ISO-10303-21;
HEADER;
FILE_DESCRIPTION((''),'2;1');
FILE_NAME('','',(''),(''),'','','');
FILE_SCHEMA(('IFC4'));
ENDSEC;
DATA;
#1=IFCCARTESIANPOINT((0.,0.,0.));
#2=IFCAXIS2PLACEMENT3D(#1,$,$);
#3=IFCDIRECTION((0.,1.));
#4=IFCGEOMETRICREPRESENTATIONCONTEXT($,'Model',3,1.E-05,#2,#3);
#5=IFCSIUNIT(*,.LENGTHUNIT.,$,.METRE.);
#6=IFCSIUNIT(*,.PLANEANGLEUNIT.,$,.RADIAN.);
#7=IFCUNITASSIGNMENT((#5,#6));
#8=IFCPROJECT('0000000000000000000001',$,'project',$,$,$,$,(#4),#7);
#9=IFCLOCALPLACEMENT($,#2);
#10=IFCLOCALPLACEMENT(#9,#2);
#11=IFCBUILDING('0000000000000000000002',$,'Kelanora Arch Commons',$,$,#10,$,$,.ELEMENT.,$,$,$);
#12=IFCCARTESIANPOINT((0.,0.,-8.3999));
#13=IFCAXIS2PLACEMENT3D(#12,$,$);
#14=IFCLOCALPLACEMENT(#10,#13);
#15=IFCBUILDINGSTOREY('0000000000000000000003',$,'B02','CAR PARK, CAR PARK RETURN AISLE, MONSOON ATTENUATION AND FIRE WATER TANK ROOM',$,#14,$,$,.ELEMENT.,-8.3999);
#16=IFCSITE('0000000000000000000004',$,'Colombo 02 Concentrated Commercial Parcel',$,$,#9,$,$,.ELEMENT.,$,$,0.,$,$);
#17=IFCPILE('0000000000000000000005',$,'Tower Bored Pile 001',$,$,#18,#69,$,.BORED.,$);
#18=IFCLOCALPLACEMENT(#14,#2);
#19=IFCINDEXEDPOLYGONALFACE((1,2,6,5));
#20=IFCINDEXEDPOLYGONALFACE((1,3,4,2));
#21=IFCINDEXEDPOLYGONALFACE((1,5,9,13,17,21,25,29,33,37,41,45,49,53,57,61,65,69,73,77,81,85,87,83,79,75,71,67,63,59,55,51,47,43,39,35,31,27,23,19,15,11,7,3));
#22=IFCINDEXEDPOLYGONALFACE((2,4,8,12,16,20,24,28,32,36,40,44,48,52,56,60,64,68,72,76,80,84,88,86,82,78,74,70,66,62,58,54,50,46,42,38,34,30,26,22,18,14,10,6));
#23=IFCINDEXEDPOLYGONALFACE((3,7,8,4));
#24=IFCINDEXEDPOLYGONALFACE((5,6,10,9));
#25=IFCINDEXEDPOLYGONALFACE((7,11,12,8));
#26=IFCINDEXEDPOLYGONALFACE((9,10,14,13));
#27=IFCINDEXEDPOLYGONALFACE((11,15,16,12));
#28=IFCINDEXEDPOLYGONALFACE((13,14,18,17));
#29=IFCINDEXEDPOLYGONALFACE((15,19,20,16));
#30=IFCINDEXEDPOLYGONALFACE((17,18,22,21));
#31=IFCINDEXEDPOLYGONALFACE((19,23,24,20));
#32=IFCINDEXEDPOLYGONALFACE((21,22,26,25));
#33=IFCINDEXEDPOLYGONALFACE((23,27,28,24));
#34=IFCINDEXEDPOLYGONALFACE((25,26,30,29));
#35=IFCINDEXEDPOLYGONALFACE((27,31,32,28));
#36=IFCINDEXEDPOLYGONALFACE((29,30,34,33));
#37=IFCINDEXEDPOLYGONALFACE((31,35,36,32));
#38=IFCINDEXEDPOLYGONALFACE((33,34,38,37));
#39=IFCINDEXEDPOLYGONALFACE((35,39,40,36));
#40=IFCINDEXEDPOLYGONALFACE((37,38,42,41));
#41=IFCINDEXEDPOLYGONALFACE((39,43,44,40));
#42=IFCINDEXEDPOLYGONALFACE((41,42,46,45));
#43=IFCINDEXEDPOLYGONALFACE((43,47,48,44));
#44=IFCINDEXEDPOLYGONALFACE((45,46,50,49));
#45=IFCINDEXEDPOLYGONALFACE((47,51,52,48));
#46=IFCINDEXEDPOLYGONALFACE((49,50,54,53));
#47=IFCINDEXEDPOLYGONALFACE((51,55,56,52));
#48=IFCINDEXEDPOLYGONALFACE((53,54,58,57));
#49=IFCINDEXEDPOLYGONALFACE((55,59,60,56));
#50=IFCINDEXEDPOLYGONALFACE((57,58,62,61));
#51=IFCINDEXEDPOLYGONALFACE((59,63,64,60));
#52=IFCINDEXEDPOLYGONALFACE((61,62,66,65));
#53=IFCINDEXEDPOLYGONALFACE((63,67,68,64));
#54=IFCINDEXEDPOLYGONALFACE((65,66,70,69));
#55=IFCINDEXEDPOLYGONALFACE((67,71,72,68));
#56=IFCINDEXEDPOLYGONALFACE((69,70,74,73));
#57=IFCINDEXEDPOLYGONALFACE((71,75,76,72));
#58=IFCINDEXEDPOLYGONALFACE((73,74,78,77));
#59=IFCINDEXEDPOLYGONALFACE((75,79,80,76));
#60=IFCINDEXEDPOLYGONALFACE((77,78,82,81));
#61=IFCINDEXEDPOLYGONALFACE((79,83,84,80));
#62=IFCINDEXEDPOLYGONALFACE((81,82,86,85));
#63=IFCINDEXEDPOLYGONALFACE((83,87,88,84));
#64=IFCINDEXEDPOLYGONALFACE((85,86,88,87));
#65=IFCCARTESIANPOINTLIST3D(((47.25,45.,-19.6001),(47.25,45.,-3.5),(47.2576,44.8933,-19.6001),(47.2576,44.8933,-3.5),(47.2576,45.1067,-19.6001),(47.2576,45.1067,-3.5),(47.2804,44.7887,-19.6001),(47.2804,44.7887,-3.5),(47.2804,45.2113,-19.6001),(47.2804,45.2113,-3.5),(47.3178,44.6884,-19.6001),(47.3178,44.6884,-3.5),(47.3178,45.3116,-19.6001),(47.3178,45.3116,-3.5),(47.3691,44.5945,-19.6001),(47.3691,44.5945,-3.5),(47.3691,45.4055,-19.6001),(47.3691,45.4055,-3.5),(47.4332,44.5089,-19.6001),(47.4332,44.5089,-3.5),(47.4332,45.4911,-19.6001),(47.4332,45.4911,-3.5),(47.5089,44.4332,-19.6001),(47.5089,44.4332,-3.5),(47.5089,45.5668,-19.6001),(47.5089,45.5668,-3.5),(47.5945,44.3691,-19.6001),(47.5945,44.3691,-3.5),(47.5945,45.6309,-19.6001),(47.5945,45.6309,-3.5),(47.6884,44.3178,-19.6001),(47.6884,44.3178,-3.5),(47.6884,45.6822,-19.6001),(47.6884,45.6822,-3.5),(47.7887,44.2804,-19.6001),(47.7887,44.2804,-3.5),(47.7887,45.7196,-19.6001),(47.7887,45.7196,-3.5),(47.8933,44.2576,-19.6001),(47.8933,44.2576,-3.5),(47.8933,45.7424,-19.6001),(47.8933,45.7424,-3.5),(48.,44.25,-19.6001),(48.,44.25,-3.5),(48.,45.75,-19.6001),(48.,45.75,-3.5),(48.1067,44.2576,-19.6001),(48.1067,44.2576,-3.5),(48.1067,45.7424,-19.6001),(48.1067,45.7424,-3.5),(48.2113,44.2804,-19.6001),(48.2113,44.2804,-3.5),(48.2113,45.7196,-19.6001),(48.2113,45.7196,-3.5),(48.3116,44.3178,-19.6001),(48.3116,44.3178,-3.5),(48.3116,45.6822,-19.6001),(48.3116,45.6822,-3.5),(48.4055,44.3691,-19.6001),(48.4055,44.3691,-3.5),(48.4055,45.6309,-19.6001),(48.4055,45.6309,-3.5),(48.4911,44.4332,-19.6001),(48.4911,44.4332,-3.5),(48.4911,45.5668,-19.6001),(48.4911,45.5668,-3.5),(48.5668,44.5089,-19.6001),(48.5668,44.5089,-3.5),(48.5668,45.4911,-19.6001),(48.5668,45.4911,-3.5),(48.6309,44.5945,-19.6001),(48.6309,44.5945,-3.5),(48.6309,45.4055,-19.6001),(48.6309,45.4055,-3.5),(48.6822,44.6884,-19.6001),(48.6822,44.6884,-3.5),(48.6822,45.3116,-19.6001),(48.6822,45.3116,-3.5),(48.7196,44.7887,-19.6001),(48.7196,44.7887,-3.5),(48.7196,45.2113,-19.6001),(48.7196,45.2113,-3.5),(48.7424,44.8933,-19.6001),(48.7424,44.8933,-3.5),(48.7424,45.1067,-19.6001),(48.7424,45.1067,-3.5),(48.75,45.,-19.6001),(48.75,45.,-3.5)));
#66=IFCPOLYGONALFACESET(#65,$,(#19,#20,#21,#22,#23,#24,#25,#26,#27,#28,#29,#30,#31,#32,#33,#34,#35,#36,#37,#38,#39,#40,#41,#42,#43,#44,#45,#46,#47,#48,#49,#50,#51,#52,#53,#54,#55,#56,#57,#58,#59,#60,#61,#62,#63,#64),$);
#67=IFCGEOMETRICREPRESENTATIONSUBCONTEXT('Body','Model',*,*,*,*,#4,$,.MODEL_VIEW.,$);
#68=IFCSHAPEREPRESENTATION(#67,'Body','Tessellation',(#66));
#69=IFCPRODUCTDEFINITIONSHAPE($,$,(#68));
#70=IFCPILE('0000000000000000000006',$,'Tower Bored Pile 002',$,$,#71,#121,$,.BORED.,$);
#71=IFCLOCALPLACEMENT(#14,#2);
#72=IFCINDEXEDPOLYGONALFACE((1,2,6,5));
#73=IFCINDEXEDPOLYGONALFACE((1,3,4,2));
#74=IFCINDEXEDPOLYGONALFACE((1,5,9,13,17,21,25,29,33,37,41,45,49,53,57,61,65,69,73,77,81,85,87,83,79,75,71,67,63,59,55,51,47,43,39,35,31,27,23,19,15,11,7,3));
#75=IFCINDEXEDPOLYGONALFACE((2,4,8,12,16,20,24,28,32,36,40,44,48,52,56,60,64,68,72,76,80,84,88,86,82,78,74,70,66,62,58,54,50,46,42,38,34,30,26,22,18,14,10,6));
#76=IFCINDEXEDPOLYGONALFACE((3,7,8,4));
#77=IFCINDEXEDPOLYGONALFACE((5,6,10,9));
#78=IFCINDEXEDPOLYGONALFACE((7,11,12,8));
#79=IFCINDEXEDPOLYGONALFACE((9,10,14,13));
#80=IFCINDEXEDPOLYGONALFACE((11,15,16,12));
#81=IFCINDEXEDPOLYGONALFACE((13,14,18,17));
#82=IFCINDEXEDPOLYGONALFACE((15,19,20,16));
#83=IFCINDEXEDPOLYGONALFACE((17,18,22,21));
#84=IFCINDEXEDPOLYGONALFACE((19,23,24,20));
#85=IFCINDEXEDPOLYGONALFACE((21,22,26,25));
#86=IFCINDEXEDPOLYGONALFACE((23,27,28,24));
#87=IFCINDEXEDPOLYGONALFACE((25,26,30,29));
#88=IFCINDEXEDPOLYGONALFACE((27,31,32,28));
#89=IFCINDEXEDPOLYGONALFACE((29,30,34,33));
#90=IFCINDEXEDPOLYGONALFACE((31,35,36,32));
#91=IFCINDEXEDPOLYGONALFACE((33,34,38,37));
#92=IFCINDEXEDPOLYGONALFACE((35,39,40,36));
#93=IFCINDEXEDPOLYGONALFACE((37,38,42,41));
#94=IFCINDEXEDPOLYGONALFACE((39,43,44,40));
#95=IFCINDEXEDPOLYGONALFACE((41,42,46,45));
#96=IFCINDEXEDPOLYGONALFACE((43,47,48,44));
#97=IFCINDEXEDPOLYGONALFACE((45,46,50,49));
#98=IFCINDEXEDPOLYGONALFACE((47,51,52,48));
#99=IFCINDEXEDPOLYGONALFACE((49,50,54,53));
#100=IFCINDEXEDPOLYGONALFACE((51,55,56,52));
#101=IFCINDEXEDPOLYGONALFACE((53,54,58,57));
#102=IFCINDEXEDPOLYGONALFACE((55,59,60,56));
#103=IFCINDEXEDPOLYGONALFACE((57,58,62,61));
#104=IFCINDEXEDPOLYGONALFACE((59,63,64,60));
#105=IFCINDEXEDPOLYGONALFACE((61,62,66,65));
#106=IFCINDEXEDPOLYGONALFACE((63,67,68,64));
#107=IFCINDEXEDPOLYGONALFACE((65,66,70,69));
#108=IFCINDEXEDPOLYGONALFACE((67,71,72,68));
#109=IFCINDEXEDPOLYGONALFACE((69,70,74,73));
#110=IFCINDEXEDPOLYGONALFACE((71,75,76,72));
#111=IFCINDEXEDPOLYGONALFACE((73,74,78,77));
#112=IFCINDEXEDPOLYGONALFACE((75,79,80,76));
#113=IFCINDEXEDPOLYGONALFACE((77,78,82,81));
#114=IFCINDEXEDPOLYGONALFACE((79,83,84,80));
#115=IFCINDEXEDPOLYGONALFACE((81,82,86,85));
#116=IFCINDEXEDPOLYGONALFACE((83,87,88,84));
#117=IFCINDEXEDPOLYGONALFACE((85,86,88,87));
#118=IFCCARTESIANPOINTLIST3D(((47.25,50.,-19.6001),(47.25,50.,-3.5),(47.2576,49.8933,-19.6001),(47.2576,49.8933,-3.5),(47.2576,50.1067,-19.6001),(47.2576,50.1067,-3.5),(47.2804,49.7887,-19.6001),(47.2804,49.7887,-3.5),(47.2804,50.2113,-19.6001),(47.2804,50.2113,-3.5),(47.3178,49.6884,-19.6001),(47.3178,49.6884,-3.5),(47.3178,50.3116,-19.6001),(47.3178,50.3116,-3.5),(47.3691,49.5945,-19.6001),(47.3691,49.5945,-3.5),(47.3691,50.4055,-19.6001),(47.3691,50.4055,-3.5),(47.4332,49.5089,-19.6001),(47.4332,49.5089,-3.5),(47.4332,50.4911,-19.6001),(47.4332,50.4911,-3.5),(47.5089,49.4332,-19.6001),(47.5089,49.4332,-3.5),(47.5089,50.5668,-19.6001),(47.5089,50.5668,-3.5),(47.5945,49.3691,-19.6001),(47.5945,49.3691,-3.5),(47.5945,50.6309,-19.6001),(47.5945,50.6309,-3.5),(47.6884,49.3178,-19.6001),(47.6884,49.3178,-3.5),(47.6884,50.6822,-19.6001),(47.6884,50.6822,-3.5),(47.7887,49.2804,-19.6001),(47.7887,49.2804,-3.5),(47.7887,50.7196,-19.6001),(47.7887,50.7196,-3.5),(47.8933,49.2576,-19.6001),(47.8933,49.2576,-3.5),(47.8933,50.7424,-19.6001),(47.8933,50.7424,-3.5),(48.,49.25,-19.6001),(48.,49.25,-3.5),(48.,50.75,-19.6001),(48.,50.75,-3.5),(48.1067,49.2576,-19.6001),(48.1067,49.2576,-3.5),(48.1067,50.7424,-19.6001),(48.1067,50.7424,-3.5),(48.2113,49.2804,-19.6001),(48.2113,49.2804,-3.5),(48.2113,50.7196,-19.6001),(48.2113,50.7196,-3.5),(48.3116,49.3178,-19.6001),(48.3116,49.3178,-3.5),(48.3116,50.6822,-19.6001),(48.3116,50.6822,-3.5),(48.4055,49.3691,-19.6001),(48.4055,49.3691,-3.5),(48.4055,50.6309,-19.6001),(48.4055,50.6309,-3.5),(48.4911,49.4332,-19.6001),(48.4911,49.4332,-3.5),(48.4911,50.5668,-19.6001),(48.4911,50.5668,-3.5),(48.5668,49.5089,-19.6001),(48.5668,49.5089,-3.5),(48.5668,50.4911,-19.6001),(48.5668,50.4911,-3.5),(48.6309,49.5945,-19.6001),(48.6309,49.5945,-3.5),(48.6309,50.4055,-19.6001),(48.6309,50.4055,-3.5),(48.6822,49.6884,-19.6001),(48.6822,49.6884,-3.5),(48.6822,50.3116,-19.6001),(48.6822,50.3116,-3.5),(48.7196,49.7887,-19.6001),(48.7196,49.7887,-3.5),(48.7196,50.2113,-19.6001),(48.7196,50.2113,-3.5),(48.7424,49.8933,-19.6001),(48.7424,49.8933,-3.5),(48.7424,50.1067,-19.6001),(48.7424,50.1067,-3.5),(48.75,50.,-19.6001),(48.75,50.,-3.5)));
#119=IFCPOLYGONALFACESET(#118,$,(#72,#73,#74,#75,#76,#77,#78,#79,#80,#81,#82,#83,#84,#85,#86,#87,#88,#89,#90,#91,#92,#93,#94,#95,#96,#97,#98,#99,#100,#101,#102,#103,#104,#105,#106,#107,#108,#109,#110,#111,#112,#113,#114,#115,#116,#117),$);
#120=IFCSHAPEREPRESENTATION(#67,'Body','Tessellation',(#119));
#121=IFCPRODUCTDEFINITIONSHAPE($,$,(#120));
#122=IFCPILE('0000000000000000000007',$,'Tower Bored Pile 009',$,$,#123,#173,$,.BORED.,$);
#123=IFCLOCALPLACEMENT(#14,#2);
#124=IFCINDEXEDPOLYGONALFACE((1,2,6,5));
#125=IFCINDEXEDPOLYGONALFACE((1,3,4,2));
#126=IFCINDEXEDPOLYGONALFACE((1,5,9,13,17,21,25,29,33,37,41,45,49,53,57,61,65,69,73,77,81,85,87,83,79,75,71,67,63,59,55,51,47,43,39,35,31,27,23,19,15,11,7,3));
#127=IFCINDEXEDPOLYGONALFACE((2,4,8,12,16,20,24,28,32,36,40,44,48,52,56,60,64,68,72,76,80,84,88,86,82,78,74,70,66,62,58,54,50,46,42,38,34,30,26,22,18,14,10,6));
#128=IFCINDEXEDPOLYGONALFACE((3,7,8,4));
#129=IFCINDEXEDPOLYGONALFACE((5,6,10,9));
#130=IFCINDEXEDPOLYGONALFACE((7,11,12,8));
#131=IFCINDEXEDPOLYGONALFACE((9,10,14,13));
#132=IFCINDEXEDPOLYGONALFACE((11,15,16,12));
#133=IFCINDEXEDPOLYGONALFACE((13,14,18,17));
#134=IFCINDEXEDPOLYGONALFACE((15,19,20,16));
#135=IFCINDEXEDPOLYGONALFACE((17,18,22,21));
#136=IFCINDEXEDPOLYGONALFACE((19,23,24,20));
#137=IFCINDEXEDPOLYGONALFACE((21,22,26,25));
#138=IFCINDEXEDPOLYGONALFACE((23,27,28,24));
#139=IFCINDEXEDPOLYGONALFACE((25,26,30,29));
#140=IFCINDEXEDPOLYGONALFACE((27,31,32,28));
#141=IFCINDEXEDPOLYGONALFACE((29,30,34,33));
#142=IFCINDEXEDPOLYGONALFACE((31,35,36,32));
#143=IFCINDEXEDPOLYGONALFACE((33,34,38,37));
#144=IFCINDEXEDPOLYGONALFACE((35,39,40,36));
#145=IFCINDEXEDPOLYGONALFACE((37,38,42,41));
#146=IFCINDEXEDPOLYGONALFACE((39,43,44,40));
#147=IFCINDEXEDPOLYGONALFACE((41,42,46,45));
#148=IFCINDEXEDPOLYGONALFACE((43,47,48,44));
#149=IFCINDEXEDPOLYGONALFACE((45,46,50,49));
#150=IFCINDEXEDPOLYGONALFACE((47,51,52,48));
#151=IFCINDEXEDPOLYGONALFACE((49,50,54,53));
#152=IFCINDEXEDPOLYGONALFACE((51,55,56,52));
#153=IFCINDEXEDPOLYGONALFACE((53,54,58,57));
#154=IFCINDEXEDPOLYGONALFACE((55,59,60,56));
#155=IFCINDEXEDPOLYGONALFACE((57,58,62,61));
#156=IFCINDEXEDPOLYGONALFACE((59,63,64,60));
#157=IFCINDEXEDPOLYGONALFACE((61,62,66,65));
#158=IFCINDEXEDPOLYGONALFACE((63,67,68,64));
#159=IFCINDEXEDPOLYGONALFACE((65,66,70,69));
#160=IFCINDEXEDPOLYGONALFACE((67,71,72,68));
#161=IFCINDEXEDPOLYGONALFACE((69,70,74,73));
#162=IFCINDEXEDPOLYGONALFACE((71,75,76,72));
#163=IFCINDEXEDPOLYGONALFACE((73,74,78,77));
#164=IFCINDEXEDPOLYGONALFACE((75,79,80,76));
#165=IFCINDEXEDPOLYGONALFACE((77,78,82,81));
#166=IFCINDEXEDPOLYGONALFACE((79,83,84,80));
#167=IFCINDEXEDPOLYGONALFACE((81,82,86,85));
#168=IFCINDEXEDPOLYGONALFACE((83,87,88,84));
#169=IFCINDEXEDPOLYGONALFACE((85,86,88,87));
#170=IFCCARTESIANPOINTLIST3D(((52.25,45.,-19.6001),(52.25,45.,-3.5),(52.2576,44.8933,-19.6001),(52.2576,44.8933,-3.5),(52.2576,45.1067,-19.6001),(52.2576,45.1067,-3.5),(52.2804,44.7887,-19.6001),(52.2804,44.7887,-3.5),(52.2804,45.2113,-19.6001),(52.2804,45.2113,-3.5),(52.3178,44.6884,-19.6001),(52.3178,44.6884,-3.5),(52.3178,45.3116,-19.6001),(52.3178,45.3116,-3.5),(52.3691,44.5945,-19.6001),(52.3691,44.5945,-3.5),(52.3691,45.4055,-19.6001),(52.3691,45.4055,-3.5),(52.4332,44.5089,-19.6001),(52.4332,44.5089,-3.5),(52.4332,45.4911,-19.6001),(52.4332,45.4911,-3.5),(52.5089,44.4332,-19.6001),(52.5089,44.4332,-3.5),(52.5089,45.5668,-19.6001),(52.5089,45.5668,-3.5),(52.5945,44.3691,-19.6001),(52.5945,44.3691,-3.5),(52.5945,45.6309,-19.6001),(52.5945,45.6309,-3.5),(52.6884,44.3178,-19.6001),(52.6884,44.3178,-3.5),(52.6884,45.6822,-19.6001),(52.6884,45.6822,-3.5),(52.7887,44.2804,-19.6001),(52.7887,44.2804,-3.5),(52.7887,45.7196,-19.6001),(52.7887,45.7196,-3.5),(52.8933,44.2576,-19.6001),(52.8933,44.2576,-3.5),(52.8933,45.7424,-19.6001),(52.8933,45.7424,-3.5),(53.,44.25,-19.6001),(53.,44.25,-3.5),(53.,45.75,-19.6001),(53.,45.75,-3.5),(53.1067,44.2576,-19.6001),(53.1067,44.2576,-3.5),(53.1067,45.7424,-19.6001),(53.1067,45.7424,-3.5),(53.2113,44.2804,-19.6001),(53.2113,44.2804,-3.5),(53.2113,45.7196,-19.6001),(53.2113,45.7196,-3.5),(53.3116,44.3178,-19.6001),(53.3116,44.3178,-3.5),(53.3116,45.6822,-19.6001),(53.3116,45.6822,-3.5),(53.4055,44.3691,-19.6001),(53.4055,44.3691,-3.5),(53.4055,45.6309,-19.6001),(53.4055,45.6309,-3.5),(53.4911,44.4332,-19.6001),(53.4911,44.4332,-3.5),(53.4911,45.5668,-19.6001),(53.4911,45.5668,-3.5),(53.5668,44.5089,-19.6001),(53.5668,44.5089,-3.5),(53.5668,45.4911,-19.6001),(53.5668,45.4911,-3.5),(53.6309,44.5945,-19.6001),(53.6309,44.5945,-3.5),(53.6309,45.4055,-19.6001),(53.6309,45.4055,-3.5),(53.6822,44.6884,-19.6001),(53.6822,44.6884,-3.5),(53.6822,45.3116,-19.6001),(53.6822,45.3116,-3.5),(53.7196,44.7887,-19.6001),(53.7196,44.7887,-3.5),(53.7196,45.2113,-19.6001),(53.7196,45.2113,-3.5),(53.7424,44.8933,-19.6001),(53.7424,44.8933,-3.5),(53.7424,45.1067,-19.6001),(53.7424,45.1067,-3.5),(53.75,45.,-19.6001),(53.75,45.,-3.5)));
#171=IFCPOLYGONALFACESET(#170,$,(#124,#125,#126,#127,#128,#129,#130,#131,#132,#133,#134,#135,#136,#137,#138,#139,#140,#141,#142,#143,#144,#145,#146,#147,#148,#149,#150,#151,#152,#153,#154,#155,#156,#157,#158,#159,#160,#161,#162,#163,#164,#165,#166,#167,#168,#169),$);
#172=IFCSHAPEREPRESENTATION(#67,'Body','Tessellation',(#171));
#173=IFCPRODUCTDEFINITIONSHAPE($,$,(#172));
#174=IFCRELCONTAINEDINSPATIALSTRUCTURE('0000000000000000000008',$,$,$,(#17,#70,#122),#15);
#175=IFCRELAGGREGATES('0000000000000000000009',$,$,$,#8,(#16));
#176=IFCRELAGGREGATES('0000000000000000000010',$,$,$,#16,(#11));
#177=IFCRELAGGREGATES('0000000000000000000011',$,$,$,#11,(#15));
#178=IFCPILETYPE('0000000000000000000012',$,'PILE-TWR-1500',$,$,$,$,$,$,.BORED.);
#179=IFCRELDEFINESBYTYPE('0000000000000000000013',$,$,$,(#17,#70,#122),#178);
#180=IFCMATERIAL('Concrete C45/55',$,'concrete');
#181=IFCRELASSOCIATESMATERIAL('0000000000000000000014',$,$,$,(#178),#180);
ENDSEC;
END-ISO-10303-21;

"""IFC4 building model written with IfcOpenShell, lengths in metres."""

from ifc_helpers import new_model, si_unit, direction, frame, origin, origin_2d, place, context, subcontext, project, spatial, circle, extrude, source, transform, mapped, material, material_profile, profile_set, type_object, element, save


model = new_model("IFC4")

# Units and contexts
model_context = context("Model", 3, precision=1e-05, world=origin(), true_north=direction((0.0, 1.0)))
body_context = subcontext(model_context, "Body", "Model", "MODEL_VIEW")
ifc_project = project(units=[si_unit("LENGTHUNIT", "METRE"), si_unit("PLANEANGLEUNIT", "RADIAN")], contexts=[model_context])

# Site, building, storey
site_placement = place(None, origin())
site = spatial("IfcSite", under=ifc_project, at=site_placement, Name="Colombo 02 Concentrated Commercial Parcel", CompositionType="ELEMENT", RefElevation=0.0)
building_placement = place(site_placement, origin())
building = spatial("IfcBuilding", under=site, at=building_placement, Name="Kelanora Arch Commons", CompositionType="ELEMENT")
storey_placement = place(building_placement, frame((0.0, 0.0, -8.3999)))
storey = spatial("IfcBuildingStorey", under=building, at=storey_placement, Name="B02", Description="CAR PARK, CAR PARK RETURN AISLE, MONSOON ATTENUATION AND FIRE WATER TANK ROOM", CompositionType="ELEMENT", Elevation=-8.3999)

# Piles
ifc_material_1 = material(Name="Concrete C45/55", Category="concrete")
ifc_material_profile_1 = material_profile(ifc_material_1, circle(Radius=0.75, at=origin_2d()), Name="PILE1500")
ifc_profile_set_1 = profile_set([ifc_material_profile_1], Name="Concrete C45/55")
pile_type = type_object("IfcPileType", Name="PILE-TWR-1500", PredefinedType="BORED", material=ifc_profile_set_1)
shared_shape = source(origin(), body_context, "Body", "SweptSolid", [
    extrude(circle(Radius=0.75, at=origin_2d()), origin(), (0.0, 0.0, 1.0), 16.1001),
])
for number, where, z_axis, x_axis, name in (
    (1, (48.0, 45.0, -3.5), (0.0, 0.0, -1.0), (1.0, 0.0, 0.0), "Tower Bored Pile 001"),
    (2, (48.0, 50.0, -3.5), (0.0, 0.0, -1.0), (1.0, 0.0, 0.0), "Tower Bored Pile 002"),
    (3, (53.0, 45.0, -3.5), (0.0, 0.0, -1.0), (1.0, 0.0, 0.0), "Tower Bored Pile 009"),
):
    element("IfcPile", number, at=place(storey_placement, frame(where, z_axis=z_axis, x_axis=x_axis)), inside=storey, type_object=pile_type, Name=name, PredefinedType="BORED", context=body_context, shape_type="MappedRepresentation", body=[
        mapped(shared_shape, transform((0.0, 0.0, 0.0), scale=1.0)),
    ])

save(model, "model.ifc")
